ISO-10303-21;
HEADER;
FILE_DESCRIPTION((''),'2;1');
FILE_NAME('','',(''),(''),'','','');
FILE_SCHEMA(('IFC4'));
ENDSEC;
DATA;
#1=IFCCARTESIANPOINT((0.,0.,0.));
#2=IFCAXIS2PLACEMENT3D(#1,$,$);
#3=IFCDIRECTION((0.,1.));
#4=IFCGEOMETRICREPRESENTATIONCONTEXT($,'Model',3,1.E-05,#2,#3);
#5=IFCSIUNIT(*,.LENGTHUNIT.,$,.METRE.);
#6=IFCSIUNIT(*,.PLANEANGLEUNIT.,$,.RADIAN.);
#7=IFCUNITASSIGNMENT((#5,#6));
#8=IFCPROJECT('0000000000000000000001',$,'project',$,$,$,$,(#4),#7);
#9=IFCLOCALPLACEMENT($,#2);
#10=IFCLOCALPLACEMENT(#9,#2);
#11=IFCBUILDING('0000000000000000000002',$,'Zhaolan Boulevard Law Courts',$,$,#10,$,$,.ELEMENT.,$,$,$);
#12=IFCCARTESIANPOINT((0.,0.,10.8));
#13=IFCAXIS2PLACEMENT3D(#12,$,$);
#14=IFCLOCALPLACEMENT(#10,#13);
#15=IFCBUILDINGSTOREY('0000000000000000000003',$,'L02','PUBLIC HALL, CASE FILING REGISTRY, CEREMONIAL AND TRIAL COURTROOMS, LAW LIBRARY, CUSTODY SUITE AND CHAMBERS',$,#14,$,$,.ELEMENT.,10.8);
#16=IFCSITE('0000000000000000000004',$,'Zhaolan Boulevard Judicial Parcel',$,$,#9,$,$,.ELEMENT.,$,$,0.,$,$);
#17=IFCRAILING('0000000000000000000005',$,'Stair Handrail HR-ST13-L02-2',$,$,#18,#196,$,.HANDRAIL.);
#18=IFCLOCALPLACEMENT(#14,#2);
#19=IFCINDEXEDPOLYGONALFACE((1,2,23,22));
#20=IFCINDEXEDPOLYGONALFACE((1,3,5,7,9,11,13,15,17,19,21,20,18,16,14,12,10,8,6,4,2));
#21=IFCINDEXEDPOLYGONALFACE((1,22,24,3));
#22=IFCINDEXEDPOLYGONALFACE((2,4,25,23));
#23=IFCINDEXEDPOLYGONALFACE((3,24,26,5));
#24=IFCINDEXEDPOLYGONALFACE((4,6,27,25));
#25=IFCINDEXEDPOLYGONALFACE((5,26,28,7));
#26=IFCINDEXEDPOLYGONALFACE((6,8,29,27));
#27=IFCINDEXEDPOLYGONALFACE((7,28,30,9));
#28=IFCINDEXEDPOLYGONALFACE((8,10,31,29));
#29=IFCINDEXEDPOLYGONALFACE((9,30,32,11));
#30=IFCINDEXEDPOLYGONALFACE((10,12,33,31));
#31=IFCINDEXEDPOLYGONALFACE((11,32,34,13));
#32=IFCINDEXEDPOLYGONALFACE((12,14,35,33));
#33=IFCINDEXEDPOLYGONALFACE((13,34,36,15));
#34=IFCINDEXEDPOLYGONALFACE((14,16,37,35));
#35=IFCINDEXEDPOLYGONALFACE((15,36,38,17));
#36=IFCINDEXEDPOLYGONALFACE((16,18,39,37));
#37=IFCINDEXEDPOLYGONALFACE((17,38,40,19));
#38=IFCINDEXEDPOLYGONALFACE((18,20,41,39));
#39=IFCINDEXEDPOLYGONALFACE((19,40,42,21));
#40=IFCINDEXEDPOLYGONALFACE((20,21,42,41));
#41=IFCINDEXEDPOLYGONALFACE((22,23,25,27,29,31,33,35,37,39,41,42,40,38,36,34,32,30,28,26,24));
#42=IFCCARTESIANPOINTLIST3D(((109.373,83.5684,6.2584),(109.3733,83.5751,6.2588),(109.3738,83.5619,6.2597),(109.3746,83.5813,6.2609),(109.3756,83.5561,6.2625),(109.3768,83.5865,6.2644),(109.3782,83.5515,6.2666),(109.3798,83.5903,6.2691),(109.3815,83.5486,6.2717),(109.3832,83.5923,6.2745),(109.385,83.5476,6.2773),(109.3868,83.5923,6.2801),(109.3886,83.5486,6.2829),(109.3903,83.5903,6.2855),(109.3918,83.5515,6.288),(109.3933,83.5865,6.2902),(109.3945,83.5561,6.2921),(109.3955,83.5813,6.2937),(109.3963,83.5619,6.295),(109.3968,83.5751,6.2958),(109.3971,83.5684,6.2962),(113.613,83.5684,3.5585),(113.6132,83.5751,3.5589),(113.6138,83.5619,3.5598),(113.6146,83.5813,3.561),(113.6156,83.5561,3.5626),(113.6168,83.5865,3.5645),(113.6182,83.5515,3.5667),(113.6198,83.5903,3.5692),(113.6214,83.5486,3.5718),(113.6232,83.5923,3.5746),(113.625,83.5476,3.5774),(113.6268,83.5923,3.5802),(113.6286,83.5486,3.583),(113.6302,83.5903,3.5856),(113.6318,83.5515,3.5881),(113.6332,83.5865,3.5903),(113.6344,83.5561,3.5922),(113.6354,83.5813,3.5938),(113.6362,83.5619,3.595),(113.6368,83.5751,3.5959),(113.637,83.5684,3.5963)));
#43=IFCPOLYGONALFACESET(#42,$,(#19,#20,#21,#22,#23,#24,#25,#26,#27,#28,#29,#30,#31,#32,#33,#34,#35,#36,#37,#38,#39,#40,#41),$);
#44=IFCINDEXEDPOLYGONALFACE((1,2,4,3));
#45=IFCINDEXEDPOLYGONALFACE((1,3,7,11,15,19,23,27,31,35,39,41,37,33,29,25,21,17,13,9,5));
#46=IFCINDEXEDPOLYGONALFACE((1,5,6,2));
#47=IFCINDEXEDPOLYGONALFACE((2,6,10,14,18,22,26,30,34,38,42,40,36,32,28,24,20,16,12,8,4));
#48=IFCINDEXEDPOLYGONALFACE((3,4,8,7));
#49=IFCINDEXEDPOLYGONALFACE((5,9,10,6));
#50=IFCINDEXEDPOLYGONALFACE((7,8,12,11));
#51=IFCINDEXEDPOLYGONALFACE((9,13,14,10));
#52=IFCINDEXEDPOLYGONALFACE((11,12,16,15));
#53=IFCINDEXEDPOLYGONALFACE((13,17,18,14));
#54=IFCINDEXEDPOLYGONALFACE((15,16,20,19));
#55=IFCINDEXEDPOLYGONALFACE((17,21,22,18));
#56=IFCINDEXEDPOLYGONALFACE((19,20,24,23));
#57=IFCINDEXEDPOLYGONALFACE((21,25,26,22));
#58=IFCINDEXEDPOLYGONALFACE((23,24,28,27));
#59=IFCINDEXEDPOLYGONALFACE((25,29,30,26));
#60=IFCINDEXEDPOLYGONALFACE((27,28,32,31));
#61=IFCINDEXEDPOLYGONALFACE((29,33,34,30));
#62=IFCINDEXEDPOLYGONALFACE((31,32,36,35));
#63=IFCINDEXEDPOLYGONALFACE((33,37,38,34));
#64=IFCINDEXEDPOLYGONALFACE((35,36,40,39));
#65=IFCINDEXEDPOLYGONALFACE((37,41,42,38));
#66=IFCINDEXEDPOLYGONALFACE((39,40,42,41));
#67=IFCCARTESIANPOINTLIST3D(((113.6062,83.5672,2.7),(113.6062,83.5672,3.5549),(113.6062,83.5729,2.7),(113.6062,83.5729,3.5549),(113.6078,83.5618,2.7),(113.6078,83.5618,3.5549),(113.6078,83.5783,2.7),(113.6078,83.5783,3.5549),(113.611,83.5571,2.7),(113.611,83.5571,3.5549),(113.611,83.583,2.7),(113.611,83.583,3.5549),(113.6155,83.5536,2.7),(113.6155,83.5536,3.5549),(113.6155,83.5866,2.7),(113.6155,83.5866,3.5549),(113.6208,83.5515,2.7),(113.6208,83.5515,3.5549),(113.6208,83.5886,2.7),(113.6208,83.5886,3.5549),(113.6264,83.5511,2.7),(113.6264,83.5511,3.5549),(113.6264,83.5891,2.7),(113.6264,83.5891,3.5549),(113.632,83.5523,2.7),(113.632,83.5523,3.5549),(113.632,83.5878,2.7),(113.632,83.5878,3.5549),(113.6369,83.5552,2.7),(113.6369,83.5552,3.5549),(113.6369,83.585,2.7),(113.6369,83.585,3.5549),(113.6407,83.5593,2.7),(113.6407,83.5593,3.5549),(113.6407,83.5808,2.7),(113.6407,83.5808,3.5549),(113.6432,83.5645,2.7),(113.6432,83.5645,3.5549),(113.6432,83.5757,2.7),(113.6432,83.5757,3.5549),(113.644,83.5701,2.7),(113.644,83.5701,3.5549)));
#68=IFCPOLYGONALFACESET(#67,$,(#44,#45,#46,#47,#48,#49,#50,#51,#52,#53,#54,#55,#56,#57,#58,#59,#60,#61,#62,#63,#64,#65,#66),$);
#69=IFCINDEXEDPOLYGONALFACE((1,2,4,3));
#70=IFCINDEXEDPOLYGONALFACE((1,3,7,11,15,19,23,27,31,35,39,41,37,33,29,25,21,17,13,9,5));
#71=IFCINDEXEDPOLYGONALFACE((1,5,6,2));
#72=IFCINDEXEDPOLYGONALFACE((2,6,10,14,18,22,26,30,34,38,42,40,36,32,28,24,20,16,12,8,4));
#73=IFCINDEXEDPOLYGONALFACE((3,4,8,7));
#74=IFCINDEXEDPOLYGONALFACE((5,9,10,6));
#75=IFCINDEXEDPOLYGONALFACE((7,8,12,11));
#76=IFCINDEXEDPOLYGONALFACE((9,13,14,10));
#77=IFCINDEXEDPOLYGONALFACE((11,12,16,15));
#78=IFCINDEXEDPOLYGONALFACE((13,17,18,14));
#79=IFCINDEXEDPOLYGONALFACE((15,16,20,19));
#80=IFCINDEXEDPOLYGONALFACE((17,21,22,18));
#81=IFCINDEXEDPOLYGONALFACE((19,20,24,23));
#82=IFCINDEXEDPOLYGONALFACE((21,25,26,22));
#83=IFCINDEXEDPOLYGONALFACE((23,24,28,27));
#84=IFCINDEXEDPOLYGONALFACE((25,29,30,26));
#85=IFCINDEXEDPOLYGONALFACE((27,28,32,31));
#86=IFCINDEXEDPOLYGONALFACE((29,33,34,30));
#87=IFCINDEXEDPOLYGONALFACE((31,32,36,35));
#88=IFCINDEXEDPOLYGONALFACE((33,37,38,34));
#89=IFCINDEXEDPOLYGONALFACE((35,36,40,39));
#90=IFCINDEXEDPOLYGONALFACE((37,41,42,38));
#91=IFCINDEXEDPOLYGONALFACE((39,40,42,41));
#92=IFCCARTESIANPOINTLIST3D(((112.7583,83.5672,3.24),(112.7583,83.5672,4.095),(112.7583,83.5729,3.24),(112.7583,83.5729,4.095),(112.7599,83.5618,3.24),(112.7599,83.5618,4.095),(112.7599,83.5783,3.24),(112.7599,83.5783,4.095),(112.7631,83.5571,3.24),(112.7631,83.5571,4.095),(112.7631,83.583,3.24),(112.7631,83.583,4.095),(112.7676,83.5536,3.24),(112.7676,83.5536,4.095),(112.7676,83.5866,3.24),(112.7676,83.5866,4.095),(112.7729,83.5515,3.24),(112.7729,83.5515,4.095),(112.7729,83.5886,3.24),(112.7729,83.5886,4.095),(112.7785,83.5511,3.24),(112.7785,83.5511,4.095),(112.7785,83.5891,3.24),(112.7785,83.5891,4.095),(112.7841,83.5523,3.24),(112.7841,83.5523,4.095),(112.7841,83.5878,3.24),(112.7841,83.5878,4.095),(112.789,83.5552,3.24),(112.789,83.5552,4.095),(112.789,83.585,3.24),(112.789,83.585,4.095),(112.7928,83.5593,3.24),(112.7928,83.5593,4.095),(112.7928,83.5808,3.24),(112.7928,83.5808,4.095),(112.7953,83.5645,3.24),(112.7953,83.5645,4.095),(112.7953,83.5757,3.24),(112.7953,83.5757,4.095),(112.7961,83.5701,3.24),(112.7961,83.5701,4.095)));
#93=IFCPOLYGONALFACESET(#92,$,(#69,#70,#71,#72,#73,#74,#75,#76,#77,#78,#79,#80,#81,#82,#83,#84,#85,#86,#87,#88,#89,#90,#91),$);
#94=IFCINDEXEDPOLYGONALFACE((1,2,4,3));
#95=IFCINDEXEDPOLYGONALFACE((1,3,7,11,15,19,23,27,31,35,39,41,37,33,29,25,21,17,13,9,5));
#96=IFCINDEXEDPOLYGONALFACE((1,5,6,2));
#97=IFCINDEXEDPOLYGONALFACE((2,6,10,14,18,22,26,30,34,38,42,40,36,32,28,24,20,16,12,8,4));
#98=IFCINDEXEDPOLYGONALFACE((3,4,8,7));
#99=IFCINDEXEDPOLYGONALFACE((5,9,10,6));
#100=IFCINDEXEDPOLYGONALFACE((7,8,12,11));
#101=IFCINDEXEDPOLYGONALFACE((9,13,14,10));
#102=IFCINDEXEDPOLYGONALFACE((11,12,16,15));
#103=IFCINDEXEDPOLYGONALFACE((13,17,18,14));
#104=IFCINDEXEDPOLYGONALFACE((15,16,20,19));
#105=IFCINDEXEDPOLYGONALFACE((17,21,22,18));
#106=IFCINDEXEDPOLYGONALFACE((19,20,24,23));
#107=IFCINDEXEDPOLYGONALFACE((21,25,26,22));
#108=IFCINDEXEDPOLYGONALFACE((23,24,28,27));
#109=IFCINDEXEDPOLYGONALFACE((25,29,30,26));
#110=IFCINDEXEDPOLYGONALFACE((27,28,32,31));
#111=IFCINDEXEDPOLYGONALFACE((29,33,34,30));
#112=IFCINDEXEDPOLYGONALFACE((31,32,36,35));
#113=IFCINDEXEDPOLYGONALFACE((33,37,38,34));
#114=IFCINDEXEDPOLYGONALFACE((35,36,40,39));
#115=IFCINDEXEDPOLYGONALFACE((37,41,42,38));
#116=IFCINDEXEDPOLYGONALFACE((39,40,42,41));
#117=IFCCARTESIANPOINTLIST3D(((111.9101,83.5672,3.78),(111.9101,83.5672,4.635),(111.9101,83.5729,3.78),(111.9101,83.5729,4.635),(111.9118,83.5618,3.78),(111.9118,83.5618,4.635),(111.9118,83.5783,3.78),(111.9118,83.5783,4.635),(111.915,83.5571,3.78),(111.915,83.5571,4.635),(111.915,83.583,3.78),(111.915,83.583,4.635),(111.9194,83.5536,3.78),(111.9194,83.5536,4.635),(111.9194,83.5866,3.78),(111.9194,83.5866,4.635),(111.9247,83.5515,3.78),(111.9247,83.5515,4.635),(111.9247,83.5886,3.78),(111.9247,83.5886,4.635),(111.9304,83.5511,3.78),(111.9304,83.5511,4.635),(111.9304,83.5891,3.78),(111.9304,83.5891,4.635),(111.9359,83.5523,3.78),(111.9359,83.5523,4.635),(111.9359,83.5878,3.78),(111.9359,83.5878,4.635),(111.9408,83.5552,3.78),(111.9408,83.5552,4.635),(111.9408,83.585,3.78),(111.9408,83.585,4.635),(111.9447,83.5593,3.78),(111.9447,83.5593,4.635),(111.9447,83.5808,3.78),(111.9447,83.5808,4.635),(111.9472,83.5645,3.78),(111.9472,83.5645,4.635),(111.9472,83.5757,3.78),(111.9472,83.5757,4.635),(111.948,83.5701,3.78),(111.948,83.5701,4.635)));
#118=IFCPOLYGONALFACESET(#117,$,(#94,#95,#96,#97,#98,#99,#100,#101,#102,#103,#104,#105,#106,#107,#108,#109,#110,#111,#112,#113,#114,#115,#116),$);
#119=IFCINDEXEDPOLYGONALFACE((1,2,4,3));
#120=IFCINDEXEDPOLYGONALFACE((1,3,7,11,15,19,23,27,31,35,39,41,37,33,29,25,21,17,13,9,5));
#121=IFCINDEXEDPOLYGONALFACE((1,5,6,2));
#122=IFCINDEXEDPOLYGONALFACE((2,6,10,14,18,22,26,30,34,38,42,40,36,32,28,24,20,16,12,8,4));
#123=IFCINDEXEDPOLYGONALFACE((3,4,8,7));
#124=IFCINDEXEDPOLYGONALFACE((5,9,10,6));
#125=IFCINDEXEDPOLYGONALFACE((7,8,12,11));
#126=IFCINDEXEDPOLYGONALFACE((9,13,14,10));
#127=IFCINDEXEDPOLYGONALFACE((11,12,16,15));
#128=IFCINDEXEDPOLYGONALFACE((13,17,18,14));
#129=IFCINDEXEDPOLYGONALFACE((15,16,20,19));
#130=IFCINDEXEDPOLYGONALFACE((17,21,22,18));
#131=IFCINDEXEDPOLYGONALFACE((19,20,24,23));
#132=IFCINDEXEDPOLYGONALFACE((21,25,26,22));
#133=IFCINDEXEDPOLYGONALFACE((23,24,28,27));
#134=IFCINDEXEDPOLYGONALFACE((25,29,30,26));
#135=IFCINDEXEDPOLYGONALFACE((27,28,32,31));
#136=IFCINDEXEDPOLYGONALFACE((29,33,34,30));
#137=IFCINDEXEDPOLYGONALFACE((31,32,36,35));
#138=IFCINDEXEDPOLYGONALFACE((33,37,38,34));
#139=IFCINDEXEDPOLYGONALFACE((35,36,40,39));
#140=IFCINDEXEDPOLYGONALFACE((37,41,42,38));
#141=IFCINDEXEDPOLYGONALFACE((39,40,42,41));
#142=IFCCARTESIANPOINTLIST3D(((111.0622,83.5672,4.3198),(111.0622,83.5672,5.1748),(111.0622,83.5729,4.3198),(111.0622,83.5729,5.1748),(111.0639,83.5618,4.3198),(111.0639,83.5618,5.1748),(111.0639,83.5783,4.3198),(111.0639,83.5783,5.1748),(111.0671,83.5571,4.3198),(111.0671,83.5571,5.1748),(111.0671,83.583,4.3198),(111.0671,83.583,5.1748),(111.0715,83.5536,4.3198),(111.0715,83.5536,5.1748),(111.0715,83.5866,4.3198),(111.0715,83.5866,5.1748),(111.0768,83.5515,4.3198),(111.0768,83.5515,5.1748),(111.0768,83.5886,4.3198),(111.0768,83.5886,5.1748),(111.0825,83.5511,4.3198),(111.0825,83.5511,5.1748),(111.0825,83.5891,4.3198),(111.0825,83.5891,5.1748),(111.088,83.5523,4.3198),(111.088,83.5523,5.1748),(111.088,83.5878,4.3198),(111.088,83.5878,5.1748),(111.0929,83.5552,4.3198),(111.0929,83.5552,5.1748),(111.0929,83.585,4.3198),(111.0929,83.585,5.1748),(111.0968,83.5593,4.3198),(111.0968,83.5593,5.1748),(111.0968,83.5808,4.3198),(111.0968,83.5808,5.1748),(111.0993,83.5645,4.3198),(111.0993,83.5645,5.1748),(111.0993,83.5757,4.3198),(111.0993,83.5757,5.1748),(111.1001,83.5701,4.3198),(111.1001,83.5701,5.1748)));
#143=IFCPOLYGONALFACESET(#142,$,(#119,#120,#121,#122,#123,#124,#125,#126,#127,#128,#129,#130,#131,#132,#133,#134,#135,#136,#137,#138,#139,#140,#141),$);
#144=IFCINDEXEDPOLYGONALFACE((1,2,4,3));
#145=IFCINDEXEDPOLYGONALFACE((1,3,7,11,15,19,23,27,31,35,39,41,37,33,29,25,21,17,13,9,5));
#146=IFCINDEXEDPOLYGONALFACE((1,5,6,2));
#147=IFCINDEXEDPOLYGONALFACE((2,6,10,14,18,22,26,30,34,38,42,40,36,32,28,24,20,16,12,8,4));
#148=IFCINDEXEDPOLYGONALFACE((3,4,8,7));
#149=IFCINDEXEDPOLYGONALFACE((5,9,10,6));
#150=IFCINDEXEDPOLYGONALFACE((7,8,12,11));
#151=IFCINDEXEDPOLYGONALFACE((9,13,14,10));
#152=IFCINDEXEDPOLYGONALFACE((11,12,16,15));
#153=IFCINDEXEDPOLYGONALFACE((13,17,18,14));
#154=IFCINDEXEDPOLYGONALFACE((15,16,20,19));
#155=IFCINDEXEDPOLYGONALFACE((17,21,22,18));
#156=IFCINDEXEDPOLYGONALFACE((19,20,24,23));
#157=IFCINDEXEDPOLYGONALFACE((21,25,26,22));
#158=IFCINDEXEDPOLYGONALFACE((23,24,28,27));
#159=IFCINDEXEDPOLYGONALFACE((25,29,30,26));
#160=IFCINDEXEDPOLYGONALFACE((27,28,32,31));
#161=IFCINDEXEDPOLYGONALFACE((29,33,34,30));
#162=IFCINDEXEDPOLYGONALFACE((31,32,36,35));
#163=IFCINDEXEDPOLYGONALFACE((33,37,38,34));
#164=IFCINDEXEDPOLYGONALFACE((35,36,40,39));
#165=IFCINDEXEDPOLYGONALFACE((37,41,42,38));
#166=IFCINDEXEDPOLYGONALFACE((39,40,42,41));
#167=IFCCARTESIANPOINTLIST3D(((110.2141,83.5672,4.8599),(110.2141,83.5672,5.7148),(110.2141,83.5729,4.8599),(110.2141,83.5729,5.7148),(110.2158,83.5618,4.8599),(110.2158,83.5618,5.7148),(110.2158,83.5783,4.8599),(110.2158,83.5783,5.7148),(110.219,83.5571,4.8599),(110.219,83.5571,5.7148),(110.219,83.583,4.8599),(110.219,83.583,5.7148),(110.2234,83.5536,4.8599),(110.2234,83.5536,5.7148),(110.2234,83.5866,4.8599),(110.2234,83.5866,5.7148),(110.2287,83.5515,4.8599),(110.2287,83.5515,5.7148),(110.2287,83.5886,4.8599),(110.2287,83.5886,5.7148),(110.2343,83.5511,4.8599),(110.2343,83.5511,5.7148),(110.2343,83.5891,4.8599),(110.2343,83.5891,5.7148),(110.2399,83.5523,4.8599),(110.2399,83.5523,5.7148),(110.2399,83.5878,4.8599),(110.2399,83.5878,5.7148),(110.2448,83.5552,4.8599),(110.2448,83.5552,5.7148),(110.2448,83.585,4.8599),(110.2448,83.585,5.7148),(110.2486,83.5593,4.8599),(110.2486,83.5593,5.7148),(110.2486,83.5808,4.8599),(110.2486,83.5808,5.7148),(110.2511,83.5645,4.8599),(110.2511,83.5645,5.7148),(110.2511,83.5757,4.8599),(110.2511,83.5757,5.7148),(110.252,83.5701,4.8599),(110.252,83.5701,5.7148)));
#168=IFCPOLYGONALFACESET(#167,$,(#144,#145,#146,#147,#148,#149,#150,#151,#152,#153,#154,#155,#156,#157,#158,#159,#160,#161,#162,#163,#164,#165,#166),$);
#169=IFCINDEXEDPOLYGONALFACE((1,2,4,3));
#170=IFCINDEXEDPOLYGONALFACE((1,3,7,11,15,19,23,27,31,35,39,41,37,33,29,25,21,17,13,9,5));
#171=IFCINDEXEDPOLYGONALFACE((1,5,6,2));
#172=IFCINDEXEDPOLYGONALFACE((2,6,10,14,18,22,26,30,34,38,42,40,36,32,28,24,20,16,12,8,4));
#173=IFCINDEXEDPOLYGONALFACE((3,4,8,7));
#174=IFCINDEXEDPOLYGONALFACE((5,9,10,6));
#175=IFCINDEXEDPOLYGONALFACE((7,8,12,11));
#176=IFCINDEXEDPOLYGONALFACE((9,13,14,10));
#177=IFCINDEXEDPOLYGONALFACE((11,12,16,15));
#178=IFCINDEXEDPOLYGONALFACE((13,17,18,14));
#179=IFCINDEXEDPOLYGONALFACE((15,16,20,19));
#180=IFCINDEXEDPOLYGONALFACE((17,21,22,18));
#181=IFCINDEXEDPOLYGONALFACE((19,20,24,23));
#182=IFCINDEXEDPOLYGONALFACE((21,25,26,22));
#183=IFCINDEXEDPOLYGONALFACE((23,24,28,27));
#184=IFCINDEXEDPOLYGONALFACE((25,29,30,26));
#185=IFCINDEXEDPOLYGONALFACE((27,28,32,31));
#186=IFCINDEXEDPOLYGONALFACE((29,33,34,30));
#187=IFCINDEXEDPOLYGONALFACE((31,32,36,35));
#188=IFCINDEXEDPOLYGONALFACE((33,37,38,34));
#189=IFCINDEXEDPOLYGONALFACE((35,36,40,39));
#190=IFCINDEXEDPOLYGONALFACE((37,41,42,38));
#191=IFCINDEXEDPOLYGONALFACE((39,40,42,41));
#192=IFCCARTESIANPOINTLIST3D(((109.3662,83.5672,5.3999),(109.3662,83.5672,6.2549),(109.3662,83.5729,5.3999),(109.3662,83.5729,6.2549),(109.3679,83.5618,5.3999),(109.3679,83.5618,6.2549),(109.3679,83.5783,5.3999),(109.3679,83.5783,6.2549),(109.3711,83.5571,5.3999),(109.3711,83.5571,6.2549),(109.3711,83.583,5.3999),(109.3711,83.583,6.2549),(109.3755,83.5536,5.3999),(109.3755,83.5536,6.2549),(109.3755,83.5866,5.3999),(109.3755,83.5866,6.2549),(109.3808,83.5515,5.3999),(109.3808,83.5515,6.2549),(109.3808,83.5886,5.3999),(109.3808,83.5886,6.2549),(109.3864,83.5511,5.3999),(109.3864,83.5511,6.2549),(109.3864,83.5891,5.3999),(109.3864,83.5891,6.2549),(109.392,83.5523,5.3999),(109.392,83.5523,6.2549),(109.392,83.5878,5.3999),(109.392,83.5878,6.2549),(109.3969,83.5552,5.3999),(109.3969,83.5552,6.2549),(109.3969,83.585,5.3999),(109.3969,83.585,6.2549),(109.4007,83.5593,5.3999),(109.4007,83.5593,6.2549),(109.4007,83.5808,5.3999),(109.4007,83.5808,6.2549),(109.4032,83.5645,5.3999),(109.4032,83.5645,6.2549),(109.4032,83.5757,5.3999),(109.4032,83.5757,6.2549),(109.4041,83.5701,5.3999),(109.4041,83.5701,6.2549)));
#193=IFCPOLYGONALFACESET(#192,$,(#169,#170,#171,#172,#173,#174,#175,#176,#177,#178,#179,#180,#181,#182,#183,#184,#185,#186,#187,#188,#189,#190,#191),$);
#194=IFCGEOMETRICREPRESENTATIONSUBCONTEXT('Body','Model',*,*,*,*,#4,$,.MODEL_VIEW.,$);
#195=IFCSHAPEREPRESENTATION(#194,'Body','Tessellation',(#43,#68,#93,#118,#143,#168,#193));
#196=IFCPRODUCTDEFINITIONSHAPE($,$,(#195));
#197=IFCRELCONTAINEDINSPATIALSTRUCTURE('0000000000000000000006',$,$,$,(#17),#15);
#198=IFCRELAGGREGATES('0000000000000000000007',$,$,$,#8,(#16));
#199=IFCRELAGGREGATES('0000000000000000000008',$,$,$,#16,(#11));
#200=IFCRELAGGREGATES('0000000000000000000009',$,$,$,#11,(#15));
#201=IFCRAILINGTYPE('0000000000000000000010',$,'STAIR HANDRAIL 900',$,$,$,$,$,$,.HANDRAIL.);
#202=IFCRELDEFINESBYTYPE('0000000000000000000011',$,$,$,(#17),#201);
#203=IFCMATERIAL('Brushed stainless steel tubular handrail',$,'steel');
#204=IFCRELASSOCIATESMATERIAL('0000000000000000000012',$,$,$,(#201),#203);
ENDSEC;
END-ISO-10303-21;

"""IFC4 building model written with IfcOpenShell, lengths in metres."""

from ifc_helpers import new_model, si_unit, direction, frame, origin, origin_2d, place, context, subcontext, project, spatial, circle, extrude, material, type_object, element, save


model = new_model("IFC4")

# Units and contexts
model_context = context("Model", 3, precision=1e-05, world=origin(), true_north=direction((0.0, 1.0)))
body_context = subcontext(model_context, "Body", "Model", "MODEL_VIEW")
ifc_project = project(units=[si_unit("LENGTHUNIT", "METRE"), si_unit("PLANEANGLEUNIT", "RADIAN")], contexts=[model_context])

# Site, building, storey
site_placement = place(None, origin())
site = spatial("IfcSite", under=ifc_project, at=site_placement, Name="Zhaolan Boulevard Judicial Parcel", CompositionType="ELEMENT", RefElevation=0.0)
building_placement = place(site_placement, origin())
building = spatial("IfcBuilding", under=site, at=building_placement, Name="Zhaolan Boulevard Law Courts", CompositionType="ELEMENT")
storey_placement = place(building_placement, frame((0.0, 0.0, 10.8)))
storey = spatial("IfcBuildingStorey", under=building, at=storey_placement, Name="L02", Description="PUBLIC HALL, CASE FILING REGISTRY, CEREMONIAL AND TRIAL COURTROOMS, LAW LIBRARY, CUSTODY SUITE AND CHAMBERS", CompositionType="ELEMENT", Elevation=10.8)

# Railing
ifc_material_1 = material(Name="Brushed stainless steel tubular handrail", Category="steel")
railing_type_1 = type_object("IfcRailingType", Name="STAIR HANDRAIL 900", PredefinedType="HANDRAIL", material=ifc_material_1)
railing_1_placement = place(storey_placement, frame((113.625, 83.5701, 2.7)))
element("IfcRailing", 1, at=railing_1_placement, inside=storey, type_object=railing_type_1, Name="Stair Handrail HR-ST13-L02-2", PredefinedType="HANDRAIL", context=body_context, shape_type="SweptSolid", body=[
    extrude(circle(Radius=0.0225, at=origin_2d()), frame((0.0, 0.0, 0.8774), z_axis=(-0.843501, 0.0, 0.537127), x_axis=(0.0, -1.0, 0.0)), (0.0, 0.0, 1.0), 5.0266),
    extrude(circle(Radius=0.019, at=origin_2d()), origin(), (0.0, 0.0, 1.0), 0.855),
    extrude(circle(Radius=0.019, at=origin_2d()), frame((-0.8479, 0.0, 0.54)), (0.0, 0.0, 1.0), 0.855),
    extrude(circle(Radius=0.019, at=origin_2d()), frame((-1.696, 0.0, 1.0801)), (0.0, 0.0, 1.0), 0.855),
    extrude(circle(Radius=0.019, at=origin_2d()), frame((-2.5439, 0.0, 1.6199)), (0.0, 0.0, 1.0), 0.855),
    extrude(circle(Radius=0.019, at=origin_2d()), frame((-3.3921, 0.0, 2.1599)), (0.0, 0.0, 1.0), 0.855),
    extrude(circle(Radius=0.019, at=origin_2d()), frame((-4.24, 0.0, 2.7)), (0.0, 0.0, 1.0), 0.855),
])

save(model, "model.ifc")
